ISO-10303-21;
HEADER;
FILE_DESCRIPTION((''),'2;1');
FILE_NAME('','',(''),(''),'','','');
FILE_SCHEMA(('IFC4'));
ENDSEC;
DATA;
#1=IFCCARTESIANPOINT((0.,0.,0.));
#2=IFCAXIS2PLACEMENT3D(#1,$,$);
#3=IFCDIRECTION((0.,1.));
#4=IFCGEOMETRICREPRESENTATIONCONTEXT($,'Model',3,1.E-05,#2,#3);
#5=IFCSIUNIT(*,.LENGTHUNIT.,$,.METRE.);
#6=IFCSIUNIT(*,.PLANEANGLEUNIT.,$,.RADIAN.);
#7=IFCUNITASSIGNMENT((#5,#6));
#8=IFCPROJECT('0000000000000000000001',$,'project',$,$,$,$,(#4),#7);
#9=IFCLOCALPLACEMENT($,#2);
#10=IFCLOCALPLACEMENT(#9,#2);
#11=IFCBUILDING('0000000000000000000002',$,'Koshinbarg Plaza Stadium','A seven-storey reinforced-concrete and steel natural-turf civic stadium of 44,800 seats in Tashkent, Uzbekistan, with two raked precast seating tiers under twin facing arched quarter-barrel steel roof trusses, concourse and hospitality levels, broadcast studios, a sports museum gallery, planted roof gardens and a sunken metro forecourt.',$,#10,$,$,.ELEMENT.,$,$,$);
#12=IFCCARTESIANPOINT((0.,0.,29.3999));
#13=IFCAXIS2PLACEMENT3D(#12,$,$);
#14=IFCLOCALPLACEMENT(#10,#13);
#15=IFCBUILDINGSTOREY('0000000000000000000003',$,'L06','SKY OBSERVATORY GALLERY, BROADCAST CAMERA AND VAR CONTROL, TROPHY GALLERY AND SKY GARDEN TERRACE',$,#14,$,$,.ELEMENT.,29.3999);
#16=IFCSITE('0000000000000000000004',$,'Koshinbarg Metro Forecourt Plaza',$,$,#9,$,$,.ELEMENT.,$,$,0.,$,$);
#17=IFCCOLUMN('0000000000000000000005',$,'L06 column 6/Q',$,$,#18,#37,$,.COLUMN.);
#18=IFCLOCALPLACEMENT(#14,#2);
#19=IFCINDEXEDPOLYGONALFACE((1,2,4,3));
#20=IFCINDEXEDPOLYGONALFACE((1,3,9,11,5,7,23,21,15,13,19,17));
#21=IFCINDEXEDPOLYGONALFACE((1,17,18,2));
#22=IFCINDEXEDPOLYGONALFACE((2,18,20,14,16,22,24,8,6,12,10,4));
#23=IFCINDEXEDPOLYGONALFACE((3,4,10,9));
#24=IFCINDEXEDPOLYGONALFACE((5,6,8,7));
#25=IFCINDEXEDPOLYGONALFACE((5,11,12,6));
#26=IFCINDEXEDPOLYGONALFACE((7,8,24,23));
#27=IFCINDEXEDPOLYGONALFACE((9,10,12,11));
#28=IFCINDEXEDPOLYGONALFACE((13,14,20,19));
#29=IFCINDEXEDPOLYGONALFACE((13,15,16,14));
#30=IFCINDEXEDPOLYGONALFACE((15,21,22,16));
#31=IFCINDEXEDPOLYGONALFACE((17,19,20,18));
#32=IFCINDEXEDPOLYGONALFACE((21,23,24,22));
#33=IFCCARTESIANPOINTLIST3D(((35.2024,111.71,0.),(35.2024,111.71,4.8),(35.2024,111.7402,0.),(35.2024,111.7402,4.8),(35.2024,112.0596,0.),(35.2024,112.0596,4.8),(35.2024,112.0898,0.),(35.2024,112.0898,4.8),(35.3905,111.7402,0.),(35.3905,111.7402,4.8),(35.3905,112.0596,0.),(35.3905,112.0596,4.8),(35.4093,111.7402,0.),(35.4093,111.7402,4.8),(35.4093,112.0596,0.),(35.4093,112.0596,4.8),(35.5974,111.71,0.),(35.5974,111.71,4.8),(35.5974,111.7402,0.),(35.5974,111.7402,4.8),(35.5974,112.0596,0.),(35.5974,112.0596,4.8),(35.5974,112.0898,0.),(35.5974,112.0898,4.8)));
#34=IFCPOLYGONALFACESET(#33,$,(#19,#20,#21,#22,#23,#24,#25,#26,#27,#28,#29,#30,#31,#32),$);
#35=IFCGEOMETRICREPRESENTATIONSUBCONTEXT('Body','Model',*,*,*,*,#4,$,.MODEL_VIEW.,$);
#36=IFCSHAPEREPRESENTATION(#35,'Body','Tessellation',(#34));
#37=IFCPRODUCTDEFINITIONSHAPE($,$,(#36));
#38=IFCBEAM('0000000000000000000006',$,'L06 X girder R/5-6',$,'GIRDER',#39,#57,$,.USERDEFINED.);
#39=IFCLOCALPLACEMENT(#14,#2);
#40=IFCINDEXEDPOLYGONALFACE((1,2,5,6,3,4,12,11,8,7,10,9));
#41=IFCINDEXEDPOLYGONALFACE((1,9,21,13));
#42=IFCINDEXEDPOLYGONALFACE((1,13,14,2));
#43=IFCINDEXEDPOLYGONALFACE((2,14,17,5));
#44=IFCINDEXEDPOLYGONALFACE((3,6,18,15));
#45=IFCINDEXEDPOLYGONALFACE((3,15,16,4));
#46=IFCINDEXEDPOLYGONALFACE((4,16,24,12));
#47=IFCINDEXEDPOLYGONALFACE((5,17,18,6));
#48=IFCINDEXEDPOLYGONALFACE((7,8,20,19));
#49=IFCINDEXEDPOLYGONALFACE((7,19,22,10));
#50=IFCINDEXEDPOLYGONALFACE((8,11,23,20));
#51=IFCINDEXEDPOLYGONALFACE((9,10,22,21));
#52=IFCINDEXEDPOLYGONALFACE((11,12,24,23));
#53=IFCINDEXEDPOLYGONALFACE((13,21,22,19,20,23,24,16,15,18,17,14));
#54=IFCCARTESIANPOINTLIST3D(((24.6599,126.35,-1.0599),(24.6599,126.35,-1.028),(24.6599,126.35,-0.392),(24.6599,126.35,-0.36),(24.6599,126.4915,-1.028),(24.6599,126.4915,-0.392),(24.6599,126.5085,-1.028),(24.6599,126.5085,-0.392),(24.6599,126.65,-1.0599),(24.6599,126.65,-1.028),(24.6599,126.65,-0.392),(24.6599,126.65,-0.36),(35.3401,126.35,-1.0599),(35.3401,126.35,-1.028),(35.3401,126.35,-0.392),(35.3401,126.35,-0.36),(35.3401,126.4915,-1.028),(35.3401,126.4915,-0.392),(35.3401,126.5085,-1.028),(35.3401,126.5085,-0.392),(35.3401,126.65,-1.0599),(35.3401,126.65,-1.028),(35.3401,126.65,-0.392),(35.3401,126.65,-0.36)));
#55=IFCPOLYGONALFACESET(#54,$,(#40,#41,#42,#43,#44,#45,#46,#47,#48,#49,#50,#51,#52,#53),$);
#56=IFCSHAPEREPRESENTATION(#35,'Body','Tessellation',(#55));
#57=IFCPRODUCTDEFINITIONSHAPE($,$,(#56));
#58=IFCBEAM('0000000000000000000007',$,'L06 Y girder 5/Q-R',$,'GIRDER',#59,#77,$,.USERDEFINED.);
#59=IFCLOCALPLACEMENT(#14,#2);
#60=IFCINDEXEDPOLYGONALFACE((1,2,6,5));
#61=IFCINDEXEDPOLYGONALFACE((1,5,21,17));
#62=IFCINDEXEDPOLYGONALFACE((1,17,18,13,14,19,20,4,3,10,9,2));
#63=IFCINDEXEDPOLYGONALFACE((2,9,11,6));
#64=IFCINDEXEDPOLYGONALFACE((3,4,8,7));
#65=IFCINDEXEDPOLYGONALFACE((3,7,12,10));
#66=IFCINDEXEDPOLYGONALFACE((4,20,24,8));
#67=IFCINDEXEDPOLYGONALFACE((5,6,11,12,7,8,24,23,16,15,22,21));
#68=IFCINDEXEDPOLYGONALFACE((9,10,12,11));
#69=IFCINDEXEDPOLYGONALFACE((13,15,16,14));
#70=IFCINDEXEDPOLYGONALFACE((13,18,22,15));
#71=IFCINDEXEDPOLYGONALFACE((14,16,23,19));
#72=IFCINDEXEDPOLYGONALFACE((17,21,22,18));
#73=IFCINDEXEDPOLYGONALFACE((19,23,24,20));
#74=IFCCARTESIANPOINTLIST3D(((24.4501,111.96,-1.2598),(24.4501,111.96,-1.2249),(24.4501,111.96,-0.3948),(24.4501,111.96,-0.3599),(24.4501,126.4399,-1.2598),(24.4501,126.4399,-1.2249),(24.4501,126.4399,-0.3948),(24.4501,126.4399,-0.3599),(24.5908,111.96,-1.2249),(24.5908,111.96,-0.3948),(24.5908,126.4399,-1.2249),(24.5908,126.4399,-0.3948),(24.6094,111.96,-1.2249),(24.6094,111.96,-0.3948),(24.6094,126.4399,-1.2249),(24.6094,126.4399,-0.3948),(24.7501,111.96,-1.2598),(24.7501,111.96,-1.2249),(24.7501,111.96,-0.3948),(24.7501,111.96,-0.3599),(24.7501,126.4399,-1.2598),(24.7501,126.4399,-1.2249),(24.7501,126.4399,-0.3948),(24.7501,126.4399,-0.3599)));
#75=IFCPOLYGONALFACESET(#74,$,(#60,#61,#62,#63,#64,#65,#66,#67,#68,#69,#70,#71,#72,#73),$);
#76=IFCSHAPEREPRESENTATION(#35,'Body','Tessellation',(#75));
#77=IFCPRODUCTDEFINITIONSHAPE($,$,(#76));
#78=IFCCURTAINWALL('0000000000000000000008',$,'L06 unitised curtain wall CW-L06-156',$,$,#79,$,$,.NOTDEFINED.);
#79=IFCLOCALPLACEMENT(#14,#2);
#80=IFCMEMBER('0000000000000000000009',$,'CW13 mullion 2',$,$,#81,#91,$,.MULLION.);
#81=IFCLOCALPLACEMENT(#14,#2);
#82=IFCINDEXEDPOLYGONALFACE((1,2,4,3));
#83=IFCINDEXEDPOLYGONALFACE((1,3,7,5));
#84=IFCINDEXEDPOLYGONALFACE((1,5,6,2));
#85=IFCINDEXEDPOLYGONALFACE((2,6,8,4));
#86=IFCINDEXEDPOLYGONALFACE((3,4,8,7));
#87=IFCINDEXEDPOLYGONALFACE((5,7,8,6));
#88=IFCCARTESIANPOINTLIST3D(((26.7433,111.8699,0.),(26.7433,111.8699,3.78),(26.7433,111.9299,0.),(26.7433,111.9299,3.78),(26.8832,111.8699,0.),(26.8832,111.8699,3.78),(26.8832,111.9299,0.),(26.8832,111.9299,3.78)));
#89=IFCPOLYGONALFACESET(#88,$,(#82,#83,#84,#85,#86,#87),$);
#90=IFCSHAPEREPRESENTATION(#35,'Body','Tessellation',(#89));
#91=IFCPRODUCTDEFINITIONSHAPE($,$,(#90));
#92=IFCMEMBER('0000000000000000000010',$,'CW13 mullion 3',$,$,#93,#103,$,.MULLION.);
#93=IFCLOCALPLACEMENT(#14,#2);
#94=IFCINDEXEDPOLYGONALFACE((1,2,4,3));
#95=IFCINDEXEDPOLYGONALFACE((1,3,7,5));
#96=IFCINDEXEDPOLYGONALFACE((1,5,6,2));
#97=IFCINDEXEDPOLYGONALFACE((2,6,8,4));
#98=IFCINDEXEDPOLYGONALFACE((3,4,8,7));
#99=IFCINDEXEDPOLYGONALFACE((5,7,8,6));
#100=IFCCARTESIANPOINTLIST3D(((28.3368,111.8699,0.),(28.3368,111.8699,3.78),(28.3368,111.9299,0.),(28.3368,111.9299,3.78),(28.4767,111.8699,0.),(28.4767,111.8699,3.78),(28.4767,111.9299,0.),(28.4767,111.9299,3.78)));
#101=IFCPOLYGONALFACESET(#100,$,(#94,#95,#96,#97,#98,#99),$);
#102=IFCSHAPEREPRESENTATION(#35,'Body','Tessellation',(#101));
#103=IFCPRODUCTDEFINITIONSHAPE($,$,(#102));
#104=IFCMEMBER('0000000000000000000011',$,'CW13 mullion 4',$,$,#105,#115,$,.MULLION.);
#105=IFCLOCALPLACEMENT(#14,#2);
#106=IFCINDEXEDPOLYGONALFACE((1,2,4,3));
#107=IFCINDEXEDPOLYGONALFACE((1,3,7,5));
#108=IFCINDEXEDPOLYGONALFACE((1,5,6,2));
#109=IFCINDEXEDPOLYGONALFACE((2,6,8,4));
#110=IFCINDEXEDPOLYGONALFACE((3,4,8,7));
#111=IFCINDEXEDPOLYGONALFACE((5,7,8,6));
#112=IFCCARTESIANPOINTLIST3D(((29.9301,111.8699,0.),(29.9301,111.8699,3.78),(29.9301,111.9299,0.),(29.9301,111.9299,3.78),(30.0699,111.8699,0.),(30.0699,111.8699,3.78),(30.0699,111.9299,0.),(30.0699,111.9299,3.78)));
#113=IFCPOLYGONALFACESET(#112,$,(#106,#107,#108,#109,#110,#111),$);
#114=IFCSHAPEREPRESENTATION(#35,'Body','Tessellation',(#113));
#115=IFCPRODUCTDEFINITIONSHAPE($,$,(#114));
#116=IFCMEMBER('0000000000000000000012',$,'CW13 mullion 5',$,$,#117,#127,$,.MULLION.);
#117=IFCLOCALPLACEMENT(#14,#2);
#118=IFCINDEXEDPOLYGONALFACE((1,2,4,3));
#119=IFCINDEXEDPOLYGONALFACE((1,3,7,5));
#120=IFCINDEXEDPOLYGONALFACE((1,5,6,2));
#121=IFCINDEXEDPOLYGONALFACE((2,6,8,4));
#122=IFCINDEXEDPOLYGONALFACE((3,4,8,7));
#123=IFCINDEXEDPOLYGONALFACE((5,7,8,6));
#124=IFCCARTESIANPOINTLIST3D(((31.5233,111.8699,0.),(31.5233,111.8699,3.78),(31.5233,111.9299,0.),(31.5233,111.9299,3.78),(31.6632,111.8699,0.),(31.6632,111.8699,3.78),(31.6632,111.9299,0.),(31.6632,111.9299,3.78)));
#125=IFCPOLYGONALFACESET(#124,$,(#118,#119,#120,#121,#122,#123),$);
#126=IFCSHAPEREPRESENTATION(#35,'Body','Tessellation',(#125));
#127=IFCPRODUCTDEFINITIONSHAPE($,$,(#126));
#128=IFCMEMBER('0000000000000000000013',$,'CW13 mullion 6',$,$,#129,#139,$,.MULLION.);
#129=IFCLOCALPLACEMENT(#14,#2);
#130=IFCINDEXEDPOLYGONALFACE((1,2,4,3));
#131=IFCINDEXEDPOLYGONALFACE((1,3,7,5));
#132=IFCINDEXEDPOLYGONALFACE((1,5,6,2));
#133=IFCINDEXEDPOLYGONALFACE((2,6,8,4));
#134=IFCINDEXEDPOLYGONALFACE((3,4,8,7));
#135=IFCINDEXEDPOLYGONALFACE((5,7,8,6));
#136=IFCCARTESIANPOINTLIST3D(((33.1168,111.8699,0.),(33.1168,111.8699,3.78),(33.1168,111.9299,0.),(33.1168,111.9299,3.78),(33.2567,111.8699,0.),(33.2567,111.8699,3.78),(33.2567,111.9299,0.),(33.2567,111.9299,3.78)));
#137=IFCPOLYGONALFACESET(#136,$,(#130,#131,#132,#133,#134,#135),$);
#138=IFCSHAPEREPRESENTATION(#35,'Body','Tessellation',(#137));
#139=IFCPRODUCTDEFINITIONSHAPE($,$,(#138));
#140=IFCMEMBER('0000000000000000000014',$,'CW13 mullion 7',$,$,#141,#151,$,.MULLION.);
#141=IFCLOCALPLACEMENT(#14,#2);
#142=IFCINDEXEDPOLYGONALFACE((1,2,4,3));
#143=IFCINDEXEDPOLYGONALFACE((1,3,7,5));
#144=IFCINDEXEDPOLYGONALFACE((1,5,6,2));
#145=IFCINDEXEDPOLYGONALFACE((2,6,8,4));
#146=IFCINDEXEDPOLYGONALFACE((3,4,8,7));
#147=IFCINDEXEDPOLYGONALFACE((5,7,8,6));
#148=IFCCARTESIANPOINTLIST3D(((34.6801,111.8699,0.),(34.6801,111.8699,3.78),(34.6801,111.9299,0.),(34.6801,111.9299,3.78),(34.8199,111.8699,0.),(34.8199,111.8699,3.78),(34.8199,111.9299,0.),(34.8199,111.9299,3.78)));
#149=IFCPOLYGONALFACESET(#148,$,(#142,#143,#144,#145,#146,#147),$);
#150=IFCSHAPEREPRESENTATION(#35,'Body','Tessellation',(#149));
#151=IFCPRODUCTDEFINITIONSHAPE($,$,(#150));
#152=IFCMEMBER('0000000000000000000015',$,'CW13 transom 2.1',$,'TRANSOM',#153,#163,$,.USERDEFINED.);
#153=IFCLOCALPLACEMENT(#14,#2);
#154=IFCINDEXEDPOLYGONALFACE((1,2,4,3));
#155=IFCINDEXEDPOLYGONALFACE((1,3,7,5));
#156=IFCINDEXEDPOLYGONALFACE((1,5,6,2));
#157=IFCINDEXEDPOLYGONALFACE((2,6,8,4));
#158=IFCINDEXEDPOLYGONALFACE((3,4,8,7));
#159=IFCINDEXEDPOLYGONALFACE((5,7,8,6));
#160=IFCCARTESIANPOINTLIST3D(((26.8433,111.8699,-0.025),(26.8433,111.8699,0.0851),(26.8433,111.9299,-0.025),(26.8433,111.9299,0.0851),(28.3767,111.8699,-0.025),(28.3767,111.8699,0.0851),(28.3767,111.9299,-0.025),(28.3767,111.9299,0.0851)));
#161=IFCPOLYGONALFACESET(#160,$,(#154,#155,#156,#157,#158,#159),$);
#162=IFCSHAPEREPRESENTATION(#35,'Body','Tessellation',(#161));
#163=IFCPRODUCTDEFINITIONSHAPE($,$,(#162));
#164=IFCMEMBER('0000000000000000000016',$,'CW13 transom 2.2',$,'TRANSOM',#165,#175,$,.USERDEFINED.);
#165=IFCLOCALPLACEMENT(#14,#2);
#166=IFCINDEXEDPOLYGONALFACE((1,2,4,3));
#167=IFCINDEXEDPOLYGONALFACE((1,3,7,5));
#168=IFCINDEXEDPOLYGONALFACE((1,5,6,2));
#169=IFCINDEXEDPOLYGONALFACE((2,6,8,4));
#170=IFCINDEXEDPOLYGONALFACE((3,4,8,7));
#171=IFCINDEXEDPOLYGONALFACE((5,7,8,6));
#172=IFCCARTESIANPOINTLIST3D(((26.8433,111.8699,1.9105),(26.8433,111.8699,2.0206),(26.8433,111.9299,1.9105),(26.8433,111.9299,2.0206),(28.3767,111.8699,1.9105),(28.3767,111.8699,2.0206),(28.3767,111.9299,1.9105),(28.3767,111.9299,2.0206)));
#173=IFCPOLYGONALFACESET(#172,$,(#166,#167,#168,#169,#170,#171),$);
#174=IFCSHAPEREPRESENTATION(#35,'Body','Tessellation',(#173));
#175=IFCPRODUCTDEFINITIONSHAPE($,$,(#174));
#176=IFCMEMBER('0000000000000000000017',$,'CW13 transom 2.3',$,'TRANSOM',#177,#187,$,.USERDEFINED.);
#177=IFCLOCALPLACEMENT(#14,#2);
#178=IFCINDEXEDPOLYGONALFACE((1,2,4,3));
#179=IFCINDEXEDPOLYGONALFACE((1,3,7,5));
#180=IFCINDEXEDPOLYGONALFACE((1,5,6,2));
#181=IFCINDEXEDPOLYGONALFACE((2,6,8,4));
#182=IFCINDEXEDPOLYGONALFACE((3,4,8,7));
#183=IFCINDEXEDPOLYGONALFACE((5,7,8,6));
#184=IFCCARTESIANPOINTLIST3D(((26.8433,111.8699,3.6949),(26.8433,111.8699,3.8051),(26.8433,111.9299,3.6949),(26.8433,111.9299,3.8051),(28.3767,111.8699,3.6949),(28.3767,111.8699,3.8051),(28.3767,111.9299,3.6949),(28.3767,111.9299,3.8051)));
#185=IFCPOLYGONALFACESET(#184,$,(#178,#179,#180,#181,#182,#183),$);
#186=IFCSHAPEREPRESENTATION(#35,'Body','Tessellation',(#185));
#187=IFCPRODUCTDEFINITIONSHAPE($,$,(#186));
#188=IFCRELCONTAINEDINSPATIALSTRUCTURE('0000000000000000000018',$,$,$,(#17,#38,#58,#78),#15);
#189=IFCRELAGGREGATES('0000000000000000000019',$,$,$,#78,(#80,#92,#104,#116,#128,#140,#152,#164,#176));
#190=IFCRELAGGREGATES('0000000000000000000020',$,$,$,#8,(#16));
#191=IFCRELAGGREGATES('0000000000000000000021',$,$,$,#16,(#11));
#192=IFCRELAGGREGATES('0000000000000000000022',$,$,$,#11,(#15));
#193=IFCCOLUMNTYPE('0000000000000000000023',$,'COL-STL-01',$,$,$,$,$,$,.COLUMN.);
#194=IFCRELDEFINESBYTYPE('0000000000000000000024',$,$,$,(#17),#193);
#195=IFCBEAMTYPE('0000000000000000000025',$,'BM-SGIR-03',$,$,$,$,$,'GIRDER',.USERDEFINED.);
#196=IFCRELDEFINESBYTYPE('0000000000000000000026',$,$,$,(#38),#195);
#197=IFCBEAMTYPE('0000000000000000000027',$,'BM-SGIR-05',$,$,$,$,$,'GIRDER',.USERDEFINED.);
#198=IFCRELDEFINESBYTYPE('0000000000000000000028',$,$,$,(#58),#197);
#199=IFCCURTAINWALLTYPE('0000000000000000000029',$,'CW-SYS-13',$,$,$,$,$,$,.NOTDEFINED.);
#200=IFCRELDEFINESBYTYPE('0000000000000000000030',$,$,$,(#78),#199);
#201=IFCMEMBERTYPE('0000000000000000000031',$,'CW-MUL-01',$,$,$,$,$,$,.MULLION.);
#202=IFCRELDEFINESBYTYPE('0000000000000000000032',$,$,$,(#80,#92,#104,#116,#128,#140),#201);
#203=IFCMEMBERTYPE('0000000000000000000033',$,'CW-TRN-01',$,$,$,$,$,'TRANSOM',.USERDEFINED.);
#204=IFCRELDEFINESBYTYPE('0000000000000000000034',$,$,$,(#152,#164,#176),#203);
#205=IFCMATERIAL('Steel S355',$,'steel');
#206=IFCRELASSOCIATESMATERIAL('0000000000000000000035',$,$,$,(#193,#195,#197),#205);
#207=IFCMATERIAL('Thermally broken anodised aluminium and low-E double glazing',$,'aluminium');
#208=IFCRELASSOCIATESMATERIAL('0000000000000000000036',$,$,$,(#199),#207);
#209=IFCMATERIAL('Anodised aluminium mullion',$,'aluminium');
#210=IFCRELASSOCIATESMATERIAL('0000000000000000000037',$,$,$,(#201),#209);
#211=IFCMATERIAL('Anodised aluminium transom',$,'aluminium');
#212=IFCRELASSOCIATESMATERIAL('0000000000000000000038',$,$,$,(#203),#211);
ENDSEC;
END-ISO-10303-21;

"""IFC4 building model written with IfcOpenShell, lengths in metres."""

from ifc_helpers import new_model, si_unit, direction, frame, origin, origin_2d, place, context, subcontext, project, spatial, rectangle, i_section, extrude, material, material_profile, profile_set, type_object, element, aggregate, save


model = new_model("IFC4")

# Units and contexts
model_context = context("Model", 3, precision=1e-05, world=origin(), true_north=direction((0.0, 1.0)))
body_context = subcontext(model_context, "Body", "Model", "MODEL_VIEW")
ifc_project = project(units=[si_unit("LENGTHUNIT", "METRE"), si_unit("PLANEANGLEUNIT", "RADIAN")], contexts=[model_context])

# Site, building, storey
site_placement = place(None, origin())
site = spatial("IfcSite", under=ifc_project, at=site_placement, Name="Koshinbarg Metro Forecourt Plaza", CompositionType="ELEMENT", RefElevation=0.0)
building_placement = place(site_placement, origin())
building = spatial("IfcBuilding", under=site, at=building_placement, Name="Koshinbarg Plaza Stadium", Description="A seven-storey reinforced-concrete and steel natural-turf civic stadium of 44,800 seats in Tashkent, Uzbekistan, with two raked precast seating tiers under twin facing arched quarter-barrel steel roof trusses, concourse and hospitality levels, broadcast studios, a sports museum gallery, planted roof gardens and a sunken metro forecourt.", CompositionType="ELEMENT")
storey_placement = place(building_placement, frame((0.0, 0.0, 29.3999)))
storey = spatial("IfcBuildingStorey", under=building, at=storey_placement, Name="L06", Description="SKY OBSERVATORY GALLERY, BROADCAST CAMERA AND VAR CONTROL, TROPHY GALLERY AND SKY GARDEN TERRACE", CompositionType="ELEMENT", Elevation=29.3999)

# Column
ifc_material_1 = material(Name="Steel S355", Category="steel")
ifc_material_profile_1 = material_profile(ifc_material_1, i_section(OverallWidth=0.395, OverallDepth=0.3799, WebThickness=0.0188, FlangeThickness=0.0303, at=origin_2d()), Name="HD 400x237")
ifc_profile_set_1 = profile_set([ifc_material_profile_1], Name="Steel S355")
column_type = type_object("IfcColumnType", Name="COL-STL-01", PredefinedType="COLUMN", material=ifc_profile_set_1)
column_placement = place(storey_placement, frame((35.3999, 111.8999, 0.0), z_axis=(0.0, 0.0, 1.0), x_axis=(1.0, 0.0, 0.0)))
element("IfcColumn", 1, at=column_placement, inside=storey, type_object=column_type, Name="L06 column 6/Q", PredefinedType="COLUMN", context=body_context, shape_type="SweptSolid", body=[
    extrude(i_section(OverallWidth=0.395, OverallDepth=0.3799, WebThickness=0.0188, FlangeThickness=0.0303, at=origin_2d()), origin(), (0.0, 0.0, 1.0), 4.8),
])

# Beams
ifc_material_profile_2 = material_profile(ifc_material_1, i_section(OverallWidth=0.3, OverallDepth=0.7, WebThickness=0.0171, FlangeThickness=0.032, at=origin_2d()), Name="HEB 700")
ifc_profile_set_2 = profile_set([ifc_material_profile_2], Name="Steel S355")
beam_type_1 = type_object("IfcBeamType", Name="BM-SGIR-03", ElementType="GIRDER", PredefinedType="USERDEFINED", material=ifc_profile_set_2)
beam_1_placement = place(storey_placement, frame((24.6599, 126.5, -0.71), z_axis=(1.0, 0.0, 0.0), x_axis=(0.0, 1.0, 0.0)))
element("IfcBeam", 2, at=beam_1_placement, inside=storey, type_object=beam_type_1, Name="L06 X girder R/5-6", ObjectType="GIRDER", PredefinedType="USERDEFINED", context=body_context, shape_type="SweptSolid", body=[
    extrude(i_section(OverallWidth=0.3, OverallDepth=0.7, WebThickness=0.0171, FlangeThickness=0.032, at=origin_2d()), origin(), (0.0, 0.0, 1.0), 10.6802),
])
ifc_material_profile_3 = material_profile(ifc_material_1, i_section(OverallWidth=0.3, OverallDepth=0.8999, WebThickness=0.0186, FlangeThickness=0.0349, at=origin_2d()), Name="HEB 900")
ifc_profile_set_3 = profile_set([ifc_material_profile_3], Name="Steel S355")
beam_type_2 = type_object("IfcBeamType", Name="BM-SGIR-05", ElementType="GIRDER", PredefinedType="USERDEFINED", material=ifc_profile_set_3)
beam_2_placement = place(storey_placement, frame((24.6001, 111.96, -0.8098), z_axis=(0.0, 1.0, 0.0), x_axis=(-1.0, 0.0, 0.0)))
element("IfcBeam", 3, at=beam_2_placement, inside=storey, type_object=beam_type_2, Name="L06 Y girder 5/Q-R", ObjectType="GIRDER", PredefinedType="USERDEFINED", context=body_context, shape_type="SweptSolid", body=[
    extrude(i_section(OverallWidth=0.3, OverallDepth=0.8999, WebThickness=0.0186, FlangeThickness=0.0349, at=origin_2d()), origin(), (0.0, 0.0, 1.0), 14.48),
])

# Curtain wall, members
ifc_material_2 = material(Name="Thermally broken anodised aluminium and low-E double glazing", Category="aluminium")
curtain_wall_type = type_object("IfcCurtainWallType", Name="CW-SYS-13", PredefinedType="NOTDEFINED", material=ifc_material_2)
curtain_wall_placement = place(storey_placement, origin())
curtain_wall = element("IfcCurtainWall", 4, at=curtain_wall_placement, inside=storey, type_object=curtain_wall_type, Name="L06 unitised curtain wall CW-L06-156", PredefinedType="NOTDEFINED")
ifc_material_3 = material(Name="Anodised aluminium mullion", Category="aluminium")
ifc_material_profile_4 = material_profile(ifc_material_3, rectangle(XDim=0.0601, YDim=0.1399, at=origin_2d()), Name="ALU 60x140")
ifc_profile_set_4 = profile_set([ifc_material_profile_4], Name="Anodised aluminium mullion")
member_type_1 = type_object("IfcMemberType", Name="CW-MUL-01", PredefinedType="MULLION", material=ifc_profile_set_4)
member_1_placement = place(storey_placement, frame((26.8132, 111.8999, 0.0), z_axis=(0.0, 0.0, 1.0), x_axis=(0.0, 1.0, 0.0)))
member_1 = element("IfcMember", 5, at=member_1_placement, type_object=member_type_1, Name="CW13 mullion 2", PredefinedType="MULLION", context=body_context, shape_type="SweptSolid", body=[
    extrude(rectangle(XDim=0.0601, YDim=0.1399, at=origin_2d()), origin(), (0.0, 0.0, 1.0), 3.78),
])
member_2_placement = place(storey_placement, frame((28.4067, 111.8999, 0.0), z_axis=(0.0, 0.0, 1.0), x_axis=(0.0, 1.0, 0.0)))
member_2 = element("IfcMember", 6, at=member_2_placement, type_object=member_type_1, Name="CW13 mullion 3", PredefinedType="MULLION", context=body_context, shape_type="SweptSolid", body=[
    extrude(rectangle(XDim=0.0601, YDim=0.1399, at=origin_2d()), origin(), (0.0, 0.0, 1.0), 3.78),
])
member_3_placement = place(storey_placement, frame((30.0, 111.8999, 0.0), z_axis=(0.0, 0.0, 1.0), x_axis=(0.0, 1.0, 0.0)))
member_3 = element("IfcMember", 7, at=member_3_placement, type_object=member_type_1, Name="CW13 mullion 4", PredefinedType="MULLION", context=body_context, shape_type="SweptSolid", body=[
    extrude(rectangle(XDim=0.0601, YDim=0.1399, at=origin_2d()), origin(), (0.0, 0.0, 1.0), 3.78),
])
member_4_placement = place(storey_placement, frame((31.5933, 111.8999, 0.0), z_axis=(0.0, 0.0, 1.0), x_axis=(0.0, 1.0, 0.0)))
member_4 = element("IfcMember", 8, at=member_4_placement, type_object=member_type_1, Name="CW13 mullion 5", PredefinedType="MULLION", context=body_context, shape_type="SweptSolid", body=[
    extrude(rectangle(XDim=0.0601, YDim=0.1399, at=origin_2d()), origin(), (0.0, 0.0, 1.0), 3.78),
])
member_5_placement = place(storey_placement, frame((33.1868, 111.8999, 0.0), z_axis=(0.0, 0.0, 1.0), x_axis=(0.0, 1.0, 0.0)))
member_5 = element("IfcMember", 9, at=member_5_placement, type_object=member_type_1, Name="CW13 mullion 6", PredefinedType="MULLION", context=body_context, shape_type="SweptSolid", body=[
    extrude(rectangle(XDim=0.0601, YDim=0.1399, at=origin_2d()), origin(), (0.0, 0.0, 1.0), 3.78),
])
member_6_placement = place(storey_placement, frame((34.75, 111.8999, 0.0), z_axis=(0.0, 0.0, 1.0), x_axis=(0.0, 1.0, 0.0)))
member_6 = element("IfcMember", 10, at=member_6_placement, type_object=member_type_1, Name="CW13 mullion 7", PredefinedType="MULLION", context=body_context, shape_type="SweptSolid", body=[
    extrude(rectangle(XDim=0.0601, YDim=0.1399, at=origin_2d()), origin(), (0.0, 0.0, 1.0), 3.78),
])
ifc_material_4 = material(Name="Anodised aluminium transom", Category="aluminium")
ifc_material_profile_5 = material_profile(ifc_material_4, rectangle(XDim=0.0601, YDim=0.1101, at=origin_2d()), Name="ALU 60x110")
ifc_profile_set_5 = profile_set([ifc_material_profile_5], Name="Anodised aluminium transom")
member_type_2 = type_object("IfcMemberType", Name="CW-TRN-01", ElementType="TRANSOM", PredefinedType="USERDEFINED", material=ifc_profile_set_5)
member_7_placement = place(storey_placement, frame((26.8433, 111.8999, 0.03), z_axis=(1.0, 0.0, 0.0), x_axis=(0.0, 1.0, 0.0)))
member_7 = element("IfcMember", 11, at=member_7_placement, type_object=member_type_2, Name="CW13 transom 2.1", ObjectType="TRANSOM", PredefinedType="USERDEFINED", context=body_context, shape_type="SweptSolid", body=[
    extrude(rectangle(XDim=0.0601, YDim=0.1101, at=origin_2d()), origin(), (0.0, 0.0, 1.0), 1.5334),
])
member_8_placement = place(storey_placement, frame((26.8433, 111.8999, 1.9656), z_axis=(1.0, 0.0, 0.0), x_axis=(0.0, 1.0, 0.0)))
member_8 = element("IfcMember", 12, at=member_8_placement, type_object=member_type_2, Name="CW13 transom 2.2", ObjectType="TRANSOM", PredefinedType="USERDEFINED", context=body_context, shape_type="SweptSolid", body=[
    extrude(rectangle(XDim=0.0601, YDim=0.1101, at=origin_2d()), origin(), (0.0, 0.0, 1.0), 1.5334),
])
member_9_placement = place(storey_placement, frame((26.8433, 111.8999, 3.75), z_axis=(1.0, 0.0, 0.0), x_axis=(0.0, 1.0, 0.0)))
member_9 = element("IfcMember", 13, at=member_9_placement, type_object=member_type_2, Name="CW13 transom 2.3", ObjectType="TRANSOM", PredefinedType="USERDEFINED", context=body_context, shape_type="SweptSolid", body=[
    extrude(rectangle(XDim=0.0601, YDim=0.1101, at=origin_2d()), origin(), (0.0, 0.0, 1.0), 1.5334),
])
aggregate(curtain_wall, [member_1, member_2, member_3, member_4, member_5, member_6, member_7, member_8, member_9])

save(model, "model.ifc")
